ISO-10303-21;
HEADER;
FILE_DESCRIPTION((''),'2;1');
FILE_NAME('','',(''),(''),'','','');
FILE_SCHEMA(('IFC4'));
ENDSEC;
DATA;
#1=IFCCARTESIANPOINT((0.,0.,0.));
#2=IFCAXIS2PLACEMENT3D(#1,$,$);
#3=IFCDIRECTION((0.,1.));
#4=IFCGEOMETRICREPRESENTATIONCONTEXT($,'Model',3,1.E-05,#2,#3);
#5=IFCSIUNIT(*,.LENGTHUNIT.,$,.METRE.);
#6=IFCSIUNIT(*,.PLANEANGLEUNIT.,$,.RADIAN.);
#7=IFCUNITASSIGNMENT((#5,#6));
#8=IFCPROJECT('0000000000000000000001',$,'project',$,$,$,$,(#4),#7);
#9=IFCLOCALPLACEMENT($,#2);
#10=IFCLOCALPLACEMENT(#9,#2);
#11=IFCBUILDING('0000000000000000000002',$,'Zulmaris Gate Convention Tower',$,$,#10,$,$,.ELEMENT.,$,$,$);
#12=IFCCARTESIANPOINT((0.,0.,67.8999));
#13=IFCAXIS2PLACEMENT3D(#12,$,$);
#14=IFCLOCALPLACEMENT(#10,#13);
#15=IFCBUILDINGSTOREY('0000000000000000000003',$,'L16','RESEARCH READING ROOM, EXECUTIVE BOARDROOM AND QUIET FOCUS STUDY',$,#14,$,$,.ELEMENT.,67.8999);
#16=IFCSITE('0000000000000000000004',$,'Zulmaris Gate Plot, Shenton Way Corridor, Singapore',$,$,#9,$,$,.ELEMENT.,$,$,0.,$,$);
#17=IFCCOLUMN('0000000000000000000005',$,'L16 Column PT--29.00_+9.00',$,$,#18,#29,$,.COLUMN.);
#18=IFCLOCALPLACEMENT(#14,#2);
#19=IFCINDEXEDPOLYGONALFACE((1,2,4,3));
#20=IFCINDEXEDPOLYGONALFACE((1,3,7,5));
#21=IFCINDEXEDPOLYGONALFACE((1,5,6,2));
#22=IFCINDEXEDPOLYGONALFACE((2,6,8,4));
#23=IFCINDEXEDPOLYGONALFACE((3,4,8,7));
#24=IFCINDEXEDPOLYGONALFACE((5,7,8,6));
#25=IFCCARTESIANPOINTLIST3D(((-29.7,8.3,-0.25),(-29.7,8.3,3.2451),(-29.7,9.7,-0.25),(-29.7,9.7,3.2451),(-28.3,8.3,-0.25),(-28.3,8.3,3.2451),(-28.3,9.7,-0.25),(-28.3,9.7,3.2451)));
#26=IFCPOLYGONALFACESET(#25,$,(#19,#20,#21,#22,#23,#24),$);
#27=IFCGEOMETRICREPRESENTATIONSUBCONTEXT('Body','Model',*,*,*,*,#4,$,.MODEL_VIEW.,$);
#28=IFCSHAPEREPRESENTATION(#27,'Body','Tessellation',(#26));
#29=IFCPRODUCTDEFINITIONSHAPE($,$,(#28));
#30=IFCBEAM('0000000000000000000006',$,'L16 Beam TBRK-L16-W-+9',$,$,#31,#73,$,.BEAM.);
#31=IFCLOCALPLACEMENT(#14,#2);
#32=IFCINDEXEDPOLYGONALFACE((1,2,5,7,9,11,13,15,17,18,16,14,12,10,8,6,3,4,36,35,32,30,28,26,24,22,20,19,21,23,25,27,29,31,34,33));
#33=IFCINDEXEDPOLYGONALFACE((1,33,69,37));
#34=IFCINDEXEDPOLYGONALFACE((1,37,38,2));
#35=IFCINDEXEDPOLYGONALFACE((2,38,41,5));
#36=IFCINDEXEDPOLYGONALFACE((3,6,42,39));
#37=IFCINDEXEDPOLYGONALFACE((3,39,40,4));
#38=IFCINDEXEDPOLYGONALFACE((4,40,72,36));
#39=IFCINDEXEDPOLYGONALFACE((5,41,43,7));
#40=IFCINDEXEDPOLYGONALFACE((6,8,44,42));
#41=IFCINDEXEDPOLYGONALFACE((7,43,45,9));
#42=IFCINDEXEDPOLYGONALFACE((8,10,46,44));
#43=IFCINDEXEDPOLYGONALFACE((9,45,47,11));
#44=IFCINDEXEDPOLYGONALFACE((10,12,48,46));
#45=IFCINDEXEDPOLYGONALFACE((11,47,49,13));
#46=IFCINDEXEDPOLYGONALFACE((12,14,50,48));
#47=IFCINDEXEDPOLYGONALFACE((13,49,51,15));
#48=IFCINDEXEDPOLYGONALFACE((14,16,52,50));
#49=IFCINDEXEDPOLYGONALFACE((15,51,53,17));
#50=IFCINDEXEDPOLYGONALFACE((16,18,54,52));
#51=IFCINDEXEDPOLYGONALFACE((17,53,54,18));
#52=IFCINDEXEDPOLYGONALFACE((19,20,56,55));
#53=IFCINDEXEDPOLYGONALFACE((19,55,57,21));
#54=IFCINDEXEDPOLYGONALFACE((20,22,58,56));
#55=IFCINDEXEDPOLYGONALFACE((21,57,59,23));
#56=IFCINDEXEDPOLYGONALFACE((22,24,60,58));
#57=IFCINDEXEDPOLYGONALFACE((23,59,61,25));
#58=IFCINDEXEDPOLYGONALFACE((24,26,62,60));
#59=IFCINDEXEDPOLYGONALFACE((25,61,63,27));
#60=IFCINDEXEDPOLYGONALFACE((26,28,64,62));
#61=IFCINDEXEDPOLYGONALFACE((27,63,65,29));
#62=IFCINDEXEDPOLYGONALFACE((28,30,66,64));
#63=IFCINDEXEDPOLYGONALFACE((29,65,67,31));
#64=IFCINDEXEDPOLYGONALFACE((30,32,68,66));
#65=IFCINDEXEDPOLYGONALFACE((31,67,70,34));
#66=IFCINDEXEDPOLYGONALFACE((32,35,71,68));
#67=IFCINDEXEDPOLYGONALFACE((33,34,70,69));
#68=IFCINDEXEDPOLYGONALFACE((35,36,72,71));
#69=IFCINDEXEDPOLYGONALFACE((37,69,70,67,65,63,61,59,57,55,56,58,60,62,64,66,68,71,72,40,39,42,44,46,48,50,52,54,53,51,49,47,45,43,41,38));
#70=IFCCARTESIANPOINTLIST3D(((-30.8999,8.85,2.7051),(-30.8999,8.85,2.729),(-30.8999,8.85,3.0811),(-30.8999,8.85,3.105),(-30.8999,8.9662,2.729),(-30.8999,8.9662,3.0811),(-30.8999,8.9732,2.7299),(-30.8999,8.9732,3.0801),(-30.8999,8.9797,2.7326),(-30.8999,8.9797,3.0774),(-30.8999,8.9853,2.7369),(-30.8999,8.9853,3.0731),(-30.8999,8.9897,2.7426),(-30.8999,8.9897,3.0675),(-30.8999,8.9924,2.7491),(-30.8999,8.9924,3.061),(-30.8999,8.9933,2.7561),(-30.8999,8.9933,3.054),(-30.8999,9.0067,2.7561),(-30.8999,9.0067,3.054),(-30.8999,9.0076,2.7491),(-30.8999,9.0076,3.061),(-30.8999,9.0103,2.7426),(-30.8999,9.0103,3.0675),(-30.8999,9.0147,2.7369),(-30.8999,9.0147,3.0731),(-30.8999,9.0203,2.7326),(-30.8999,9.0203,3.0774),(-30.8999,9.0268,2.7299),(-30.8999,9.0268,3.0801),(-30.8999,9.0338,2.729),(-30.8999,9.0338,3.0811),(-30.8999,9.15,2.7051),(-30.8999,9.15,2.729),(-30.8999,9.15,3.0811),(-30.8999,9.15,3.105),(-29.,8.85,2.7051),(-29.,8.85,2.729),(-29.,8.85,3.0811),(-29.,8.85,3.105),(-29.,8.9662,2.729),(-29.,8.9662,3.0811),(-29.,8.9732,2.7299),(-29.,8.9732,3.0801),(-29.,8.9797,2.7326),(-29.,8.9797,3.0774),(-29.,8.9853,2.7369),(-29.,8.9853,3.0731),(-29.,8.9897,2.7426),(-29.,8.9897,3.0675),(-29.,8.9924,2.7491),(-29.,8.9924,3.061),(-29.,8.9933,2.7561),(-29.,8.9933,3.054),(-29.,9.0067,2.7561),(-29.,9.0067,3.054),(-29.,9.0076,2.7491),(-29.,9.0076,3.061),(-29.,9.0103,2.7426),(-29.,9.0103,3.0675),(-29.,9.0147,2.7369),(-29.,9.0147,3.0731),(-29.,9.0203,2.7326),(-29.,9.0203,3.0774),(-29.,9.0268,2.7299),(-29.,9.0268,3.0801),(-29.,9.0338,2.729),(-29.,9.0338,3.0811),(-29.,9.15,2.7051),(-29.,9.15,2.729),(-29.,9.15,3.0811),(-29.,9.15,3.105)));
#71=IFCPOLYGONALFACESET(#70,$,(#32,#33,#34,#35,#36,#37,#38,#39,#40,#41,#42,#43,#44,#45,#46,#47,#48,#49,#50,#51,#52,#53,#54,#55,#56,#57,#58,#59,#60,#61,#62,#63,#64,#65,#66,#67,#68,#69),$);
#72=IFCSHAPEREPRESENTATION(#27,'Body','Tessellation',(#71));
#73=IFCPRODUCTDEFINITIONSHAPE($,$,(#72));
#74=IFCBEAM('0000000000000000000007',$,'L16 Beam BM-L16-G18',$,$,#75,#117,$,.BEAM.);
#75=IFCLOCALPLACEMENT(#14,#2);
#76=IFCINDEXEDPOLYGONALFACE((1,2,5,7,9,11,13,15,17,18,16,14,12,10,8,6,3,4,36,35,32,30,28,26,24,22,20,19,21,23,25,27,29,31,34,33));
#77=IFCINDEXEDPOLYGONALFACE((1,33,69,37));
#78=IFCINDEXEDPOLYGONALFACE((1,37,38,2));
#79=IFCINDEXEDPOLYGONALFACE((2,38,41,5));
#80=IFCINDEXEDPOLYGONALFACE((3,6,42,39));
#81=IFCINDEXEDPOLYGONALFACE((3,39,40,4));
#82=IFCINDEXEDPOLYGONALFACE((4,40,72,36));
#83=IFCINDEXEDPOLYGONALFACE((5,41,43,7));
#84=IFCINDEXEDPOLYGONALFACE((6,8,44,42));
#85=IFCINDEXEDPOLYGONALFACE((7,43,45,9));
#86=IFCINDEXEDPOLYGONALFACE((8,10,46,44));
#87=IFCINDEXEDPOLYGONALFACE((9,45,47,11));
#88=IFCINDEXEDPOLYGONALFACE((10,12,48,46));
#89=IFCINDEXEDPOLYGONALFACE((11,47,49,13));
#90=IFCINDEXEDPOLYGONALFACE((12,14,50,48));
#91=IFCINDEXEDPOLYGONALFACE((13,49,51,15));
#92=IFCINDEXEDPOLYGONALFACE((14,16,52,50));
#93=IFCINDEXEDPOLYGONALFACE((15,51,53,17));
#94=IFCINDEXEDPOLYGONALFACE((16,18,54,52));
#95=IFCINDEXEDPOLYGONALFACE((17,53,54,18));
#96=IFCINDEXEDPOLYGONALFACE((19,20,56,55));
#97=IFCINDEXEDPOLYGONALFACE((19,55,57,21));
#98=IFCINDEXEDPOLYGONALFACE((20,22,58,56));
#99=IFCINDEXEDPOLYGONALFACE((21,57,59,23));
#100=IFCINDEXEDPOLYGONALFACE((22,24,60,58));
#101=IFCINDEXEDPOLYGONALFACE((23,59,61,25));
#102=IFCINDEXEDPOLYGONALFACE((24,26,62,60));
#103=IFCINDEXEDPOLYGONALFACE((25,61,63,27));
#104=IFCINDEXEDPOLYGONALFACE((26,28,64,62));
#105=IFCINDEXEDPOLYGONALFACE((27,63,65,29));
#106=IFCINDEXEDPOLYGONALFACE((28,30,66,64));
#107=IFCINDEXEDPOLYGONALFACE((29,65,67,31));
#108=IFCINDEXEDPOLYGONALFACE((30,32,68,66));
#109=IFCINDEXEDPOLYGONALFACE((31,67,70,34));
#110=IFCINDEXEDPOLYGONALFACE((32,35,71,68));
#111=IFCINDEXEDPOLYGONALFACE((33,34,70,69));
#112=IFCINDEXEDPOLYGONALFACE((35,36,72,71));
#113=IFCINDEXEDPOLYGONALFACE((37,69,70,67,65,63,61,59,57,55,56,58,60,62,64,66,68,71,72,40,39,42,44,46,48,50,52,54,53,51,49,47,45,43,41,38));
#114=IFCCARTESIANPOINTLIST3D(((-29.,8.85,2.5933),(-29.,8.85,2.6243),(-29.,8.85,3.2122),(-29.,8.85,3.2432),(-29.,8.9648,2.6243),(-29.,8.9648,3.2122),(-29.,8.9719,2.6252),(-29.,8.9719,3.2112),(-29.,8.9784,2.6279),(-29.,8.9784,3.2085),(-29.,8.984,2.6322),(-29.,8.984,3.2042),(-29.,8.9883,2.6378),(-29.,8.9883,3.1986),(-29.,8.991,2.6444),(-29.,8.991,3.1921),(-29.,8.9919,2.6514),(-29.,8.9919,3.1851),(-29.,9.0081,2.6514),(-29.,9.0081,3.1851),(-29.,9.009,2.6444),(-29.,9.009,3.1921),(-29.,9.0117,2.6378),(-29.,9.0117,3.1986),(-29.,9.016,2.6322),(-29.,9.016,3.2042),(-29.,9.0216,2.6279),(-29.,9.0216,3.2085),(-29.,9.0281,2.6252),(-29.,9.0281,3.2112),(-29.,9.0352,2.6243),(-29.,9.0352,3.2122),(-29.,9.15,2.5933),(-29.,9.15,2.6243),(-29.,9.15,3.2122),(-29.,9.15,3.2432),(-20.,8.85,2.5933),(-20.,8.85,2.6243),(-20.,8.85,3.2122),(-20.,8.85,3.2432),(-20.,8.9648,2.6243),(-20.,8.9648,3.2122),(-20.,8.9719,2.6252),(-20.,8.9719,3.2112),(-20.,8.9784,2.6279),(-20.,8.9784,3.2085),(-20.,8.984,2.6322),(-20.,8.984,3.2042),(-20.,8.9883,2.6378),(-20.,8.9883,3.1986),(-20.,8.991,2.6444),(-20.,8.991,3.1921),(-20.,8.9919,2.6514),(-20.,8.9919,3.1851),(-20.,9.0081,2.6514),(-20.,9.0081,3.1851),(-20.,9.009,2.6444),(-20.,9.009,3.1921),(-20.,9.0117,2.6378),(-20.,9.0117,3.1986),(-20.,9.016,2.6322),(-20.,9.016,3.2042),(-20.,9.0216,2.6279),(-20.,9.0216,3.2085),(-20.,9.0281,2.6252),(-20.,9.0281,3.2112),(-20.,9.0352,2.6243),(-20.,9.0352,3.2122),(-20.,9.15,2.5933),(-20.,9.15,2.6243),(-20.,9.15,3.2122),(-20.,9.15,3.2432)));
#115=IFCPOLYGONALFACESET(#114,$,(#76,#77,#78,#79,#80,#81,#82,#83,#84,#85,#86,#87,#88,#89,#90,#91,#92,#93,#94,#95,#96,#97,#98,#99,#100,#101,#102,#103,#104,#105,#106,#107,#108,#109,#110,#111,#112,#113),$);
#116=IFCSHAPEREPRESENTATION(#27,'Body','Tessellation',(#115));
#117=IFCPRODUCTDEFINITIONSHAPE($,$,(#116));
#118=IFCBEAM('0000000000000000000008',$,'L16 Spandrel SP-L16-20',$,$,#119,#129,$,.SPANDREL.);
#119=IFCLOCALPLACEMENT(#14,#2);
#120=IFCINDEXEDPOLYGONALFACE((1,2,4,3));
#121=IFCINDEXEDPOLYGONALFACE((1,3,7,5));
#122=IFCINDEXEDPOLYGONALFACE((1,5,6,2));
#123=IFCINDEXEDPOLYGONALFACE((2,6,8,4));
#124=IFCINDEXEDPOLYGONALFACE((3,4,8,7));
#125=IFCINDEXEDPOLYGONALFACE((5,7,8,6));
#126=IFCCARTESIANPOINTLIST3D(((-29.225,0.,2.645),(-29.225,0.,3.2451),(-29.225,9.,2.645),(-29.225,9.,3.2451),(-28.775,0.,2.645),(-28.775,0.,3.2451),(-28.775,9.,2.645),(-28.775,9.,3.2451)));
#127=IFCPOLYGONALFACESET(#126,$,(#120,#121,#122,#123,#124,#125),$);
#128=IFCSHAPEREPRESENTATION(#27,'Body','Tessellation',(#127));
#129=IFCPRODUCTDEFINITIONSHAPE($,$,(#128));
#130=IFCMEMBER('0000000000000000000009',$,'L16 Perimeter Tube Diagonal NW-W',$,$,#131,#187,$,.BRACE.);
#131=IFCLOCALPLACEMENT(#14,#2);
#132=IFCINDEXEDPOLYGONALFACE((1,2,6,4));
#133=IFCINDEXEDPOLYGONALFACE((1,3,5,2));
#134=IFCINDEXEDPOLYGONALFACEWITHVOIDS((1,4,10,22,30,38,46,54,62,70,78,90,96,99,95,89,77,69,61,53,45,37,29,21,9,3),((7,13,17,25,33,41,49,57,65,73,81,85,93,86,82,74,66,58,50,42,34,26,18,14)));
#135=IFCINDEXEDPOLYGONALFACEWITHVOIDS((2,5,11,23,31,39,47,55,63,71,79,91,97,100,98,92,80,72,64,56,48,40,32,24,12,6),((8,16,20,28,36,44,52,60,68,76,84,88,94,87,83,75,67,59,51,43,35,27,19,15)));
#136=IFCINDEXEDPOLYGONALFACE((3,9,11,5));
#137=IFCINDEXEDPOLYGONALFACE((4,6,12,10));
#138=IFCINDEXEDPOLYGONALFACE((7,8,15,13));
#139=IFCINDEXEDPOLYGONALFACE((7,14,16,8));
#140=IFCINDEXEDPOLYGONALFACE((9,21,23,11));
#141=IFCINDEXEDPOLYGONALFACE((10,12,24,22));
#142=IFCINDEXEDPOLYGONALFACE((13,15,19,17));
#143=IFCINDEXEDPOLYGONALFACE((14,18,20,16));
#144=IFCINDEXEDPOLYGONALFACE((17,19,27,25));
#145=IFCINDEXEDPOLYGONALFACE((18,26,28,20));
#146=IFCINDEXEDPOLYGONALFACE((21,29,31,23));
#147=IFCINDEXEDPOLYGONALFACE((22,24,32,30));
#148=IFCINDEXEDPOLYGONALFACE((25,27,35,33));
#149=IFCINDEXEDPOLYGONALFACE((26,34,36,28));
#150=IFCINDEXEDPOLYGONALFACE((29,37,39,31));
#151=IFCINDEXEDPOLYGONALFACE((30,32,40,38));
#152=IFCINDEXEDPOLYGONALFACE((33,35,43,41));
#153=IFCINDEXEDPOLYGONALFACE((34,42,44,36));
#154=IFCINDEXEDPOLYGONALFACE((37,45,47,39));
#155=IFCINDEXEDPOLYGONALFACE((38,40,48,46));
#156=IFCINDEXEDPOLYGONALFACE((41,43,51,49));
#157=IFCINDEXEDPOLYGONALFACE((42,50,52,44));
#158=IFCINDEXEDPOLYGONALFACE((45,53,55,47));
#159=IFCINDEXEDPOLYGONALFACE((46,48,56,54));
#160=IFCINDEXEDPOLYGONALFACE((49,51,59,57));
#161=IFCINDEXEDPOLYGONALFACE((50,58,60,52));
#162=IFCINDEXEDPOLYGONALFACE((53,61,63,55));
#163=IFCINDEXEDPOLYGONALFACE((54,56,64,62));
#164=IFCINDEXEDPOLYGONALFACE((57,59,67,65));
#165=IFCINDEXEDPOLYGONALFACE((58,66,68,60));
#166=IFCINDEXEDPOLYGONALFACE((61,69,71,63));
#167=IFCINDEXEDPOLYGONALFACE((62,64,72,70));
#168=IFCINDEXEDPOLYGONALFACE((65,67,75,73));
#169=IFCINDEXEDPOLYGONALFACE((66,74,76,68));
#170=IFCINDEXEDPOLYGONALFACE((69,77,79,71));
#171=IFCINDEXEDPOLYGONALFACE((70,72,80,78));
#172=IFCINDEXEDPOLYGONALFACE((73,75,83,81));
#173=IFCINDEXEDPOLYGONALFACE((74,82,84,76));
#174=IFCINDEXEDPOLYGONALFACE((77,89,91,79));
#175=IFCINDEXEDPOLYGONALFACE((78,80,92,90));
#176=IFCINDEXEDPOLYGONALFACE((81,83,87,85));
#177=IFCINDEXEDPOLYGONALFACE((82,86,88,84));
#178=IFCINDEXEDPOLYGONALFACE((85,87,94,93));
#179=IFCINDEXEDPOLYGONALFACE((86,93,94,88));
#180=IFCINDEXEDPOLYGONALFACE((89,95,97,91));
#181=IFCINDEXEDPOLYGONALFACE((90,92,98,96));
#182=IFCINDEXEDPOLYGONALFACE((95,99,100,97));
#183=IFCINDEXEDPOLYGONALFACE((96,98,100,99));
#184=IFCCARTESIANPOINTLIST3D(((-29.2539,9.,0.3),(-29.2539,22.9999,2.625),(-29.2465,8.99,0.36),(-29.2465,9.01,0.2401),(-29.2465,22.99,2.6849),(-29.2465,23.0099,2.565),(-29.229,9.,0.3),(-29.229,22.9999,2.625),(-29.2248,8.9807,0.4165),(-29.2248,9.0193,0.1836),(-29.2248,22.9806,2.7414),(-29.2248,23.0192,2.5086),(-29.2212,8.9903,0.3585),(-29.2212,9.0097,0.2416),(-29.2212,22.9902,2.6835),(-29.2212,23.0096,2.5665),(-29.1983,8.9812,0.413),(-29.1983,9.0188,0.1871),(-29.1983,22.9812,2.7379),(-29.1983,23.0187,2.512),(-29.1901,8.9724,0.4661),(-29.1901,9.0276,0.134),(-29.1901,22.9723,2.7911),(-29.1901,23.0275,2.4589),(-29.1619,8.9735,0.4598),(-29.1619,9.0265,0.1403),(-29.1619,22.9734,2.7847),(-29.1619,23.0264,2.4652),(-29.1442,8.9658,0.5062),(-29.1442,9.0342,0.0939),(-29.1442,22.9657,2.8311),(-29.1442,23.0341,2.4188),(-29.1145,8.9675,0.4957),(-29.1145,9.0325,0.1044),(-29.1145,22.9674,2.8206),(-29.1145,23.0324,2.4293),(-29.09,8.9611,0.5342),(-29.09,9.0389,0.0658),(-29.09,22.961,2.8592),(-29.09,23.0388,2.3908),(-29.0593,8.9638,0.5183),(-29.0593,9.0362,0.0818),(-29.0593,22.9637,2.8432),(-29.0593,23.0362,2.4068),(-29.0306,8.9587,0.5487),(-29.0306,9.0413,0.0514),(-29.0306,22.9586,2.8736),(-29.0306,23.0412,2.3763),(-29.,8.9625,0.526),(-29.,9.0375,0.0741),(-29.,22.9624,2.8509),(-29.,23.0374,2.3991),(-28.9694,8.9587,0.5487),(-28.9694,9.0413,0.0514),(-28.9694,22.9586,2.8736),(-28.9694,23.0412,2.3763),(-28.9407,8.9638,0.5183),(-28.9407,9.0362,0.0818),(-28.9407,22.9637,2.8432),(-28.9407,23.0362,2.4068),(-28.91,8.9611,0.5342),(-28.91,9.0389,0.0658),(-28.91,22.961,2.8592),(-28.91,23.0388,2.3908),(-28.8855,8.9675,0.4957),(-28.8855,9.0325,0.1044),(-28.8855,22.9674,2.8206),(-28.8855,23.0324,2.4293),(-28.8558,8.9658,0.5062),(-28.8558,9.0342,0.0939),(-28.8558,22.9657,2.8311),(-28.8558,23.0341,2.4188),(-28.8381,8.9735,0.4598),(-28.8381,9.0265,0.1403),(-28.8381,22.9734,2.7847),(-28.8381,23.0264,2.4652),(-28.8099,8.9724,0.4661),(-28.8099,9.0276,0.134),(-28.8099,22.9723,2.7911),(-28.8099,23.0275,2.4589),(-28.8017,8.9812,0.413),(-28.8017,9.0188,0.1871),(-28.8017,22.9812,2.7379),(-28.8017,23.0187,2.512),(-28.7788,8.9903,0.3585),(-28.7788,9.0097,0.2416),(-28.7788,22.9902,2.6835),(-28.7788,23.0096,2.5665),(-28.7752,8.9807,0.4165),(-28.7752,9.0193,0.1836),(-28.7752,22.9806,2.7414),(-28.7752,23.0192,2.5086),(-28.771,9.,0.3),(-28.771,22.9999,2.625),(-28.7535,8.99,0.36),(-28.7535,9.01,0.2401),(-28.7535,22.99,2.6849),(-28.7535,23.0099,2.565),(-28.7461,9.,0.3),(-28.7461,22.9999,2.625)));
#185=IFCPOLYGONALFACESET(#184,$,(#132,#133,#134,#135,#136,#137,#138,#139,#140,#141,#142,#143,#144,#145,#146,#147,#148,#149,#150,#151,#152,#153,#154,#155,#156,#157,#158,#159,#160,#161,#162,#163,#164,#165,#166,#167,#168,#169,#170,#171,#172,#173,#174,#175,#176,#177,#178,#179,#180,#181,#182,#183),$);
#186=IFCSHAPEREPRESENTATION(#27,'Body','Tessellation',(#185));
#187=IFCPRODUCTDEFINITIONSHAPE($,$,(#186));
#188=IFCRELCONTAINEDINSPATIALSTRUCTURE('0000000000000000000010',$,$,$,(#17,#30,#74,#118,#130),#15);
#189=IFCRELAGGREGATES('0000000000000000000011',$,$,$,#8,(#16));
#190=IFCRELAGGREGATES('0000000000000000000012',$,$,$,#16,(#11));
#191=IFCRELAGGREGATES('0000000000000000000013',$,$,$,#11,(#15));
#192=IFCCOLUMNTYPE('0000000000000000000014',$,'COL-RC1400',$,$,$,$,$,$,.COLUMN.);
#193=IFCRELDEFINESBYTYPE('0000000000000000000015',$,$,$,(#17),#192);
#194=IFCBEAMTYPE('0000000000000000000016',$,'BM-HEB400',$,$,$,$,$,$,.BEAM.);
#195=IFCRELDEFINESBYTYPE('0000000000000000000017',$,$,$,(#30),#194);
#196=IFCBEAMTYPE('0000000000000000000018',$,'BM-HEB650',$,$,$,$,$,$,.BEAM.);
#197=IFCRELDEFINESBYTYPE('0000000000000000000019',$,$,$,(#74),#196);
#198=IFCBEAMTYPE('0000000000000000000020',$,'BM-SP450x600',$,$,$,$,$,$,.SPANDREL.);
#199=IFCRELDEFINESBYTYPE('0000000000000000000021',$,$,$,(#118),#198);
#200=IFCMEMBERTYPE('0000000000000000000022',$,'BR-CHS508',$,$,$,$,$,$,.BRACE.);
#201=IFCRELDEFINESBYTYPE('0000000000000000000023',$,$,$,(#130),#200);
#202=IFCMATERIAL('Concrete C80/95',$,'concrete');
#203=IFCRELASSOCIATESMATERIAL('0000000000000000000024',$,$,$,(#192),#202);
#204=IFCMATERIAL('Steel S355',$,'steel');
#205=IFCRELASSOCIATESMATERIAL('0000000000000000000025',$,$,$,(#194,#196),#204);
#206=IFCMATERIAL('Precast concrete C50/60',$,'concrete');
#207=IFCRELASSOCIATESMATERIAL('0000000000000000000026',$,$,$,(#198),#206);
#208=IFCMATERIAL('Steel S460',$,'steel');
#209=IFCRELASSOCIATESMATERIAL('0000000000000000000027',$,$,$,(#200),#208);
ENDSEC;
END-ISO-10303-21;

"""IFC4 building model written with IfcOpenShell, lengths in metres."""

from ifc_helpers import new_model, si_unit, direction, frame, origin, origin_2d, place, context, subcontext, project, spatial, rectangle, hollow_circle, i_section, extrude, material, material_profile, profile_set, type_object, element, save


model = new_model("IFC4")

# Units and contexts
model_context = context("Model", 3, precision=1e-05, world=origin(), true_north=direction((0.0, 1.0)))
body_context = subcontext(model_context, "Body", "Model", "MODEL_VIEW")
ifc_project = project(units=[si_unit("LENGTHUNIT", "METRE"), si_unit("PLANEANGLEUNIT", "RADIAN")], contexts=[model_context])

# Site, building, storey
site_placement = place(None, origin())
site = spatial("IfcSite", under=ifc_project, at=site_placement, Name="Zulmaris Gate Plot, Shenton Way Corridor, Singapore", CompositionType="ELEMENT", RefElevation=0.0)
building_placement = place(site_placement, origin())
building = spatial("IfcBuilding", under=site, at=building_placement, Name="Zulmaris Gate Convention Tower", CompositionType="ELEMENT")
storey_placement = place(building_placement, frame((0.0, 0.0, 67.8999)))
storey = spatial("IfcBuildingStorey", under=building, at=storey_placement, Name="L16", Description="RESEARCH READING ROOM, EXECUTIVE BOARDROOM AND QUIET FOCUS STUDY", CompositionType="ELEMENT", Elevation=67.8999)

# Column
ifc_material_1 = material(Name="Concrete C80/95", Category="concrete")
ifc_material_profile_1 = material_profile(ifc_material_1, rectangle(XDim=1.3999, YDim=1.3999, at=origin_2d()), Name="RC COL 1400x1400")
ifc_profile_set_1 = profile_set([ifc_material_profile_1], Name="Concrete C80/95")
column_type = type_object("IfcColumnType", Name="COL-RC1400", PredefinedType="COLUMN", material=ifc_profile_set_1)
column_placement = place(storey_placement, frame((-29.0, 9.0, -0.25), z_axis=(0.0, 0.0, 1.0), x_axis=(1.0, 0.0, 0.0)))
element("IfcColumn", 1, at=column_placement, inside=storey, type_object=column_type, Name="L16 Column PT--29.00_+9.00", PredefinedType="COLUMN", context=body_context, shape_type="SweptSolid", body=[
    extrude(rectangle(XDim=1.3999, YDim=1.3999, at=origin_2d()), origin(), (0.0, 0.0, 1.0), 3.4951),
])

# Beams
ifc_material_2 = material(Name="Steel S355", Category="steel")
ifc_material_profile_2 = material_profile(ifc_material_2, i_section(OverallWidth=0.3, OverallDepth=0.3999, WebThickness=0.0134, FlangeThickness=0.0239, FilletRadius=0.0271, at=origin_2d()), Name="HEB 400")
ifc_profile_set_2 = profile_set([ifc_material_profile_2], Name="Steel S355")
beam_type_1 = type_object("IfcBeamType", Name="BM-HEB400", PredefinedType="BEAM", material=ifc_profile_set_2)
beam_1_placement = place(storey_placement, frame((-30.8999, 9.0, 2.905), z_axis=(1.0, 0.0, 0.0), x_axis=(0.0, 1.0, 0.0)))
element("IfcBeam", 2, at=beam_1_placement, inside=storey, type_object=beam_type_1, Name="L16 Beam TBRK-L16-W-+9", PredefinedType="BEAM", context=body_context, shape_type="SweptSolid", body=[
    extrude(i_section(OverallWidth=0.3, OverallDepth=0.3999, WebThickness=0.0134, FlangeThickness=0.0239, FilletRadius=0.0271, at=origin_2d()), origin(), (0.0, 0.0, 1.0), 1.8999),
])
ifc_material_profile_3 = material_profile(ifc_material_2, i_section(OverallWidth=0.3, OverallDepth=0.6499, WebThickness=0.0161, FlangeThickness=0.031, FilletRadius=0.0271, at=origin_2d()), Name="HEB 650")
ifc_profile_set_3 = profile_set([ifc_material_profile_3], Name="Steel S355")
beam_type_2 = type_object("IfcBeamType", Name="BM-HEB650", PredefinedType="BEAM", material=ifc_profile_set_3)
beam_2_placement = place(storey_placement, frame((-29.0, 9.0, 2.9182), z_axis=(1.0, 0.0, 0.0), x_axis=(0.0, 1.0, 0.0)))
element("IfcBeam", 3, at=beam_2_placement, inside=storey, type_object=beam_type_2, Name="L16 Beam BM-L16-G18", PredefinedType="BEAM", context=body_context, shape_type="SweptSolid", body=[
    extrude(i_section(OverallWidth=0.3, OverallDepth=0.6499, WebThickness=0.0161, FlangeThickness=0.031, FilletRadius=0.0271, at=origin_2d()), origin(), (0.0, 0.0, 1.0), 9.0),
])
ifc_material_3 = material(Name="Precast concrete C50/60", Category="concrete")
ifc_material_profile_4 = material_profile(ifc_material_3, rectangle(XDim=0.45, YDim=0.6001, at=origin_2d()), Name="RC SPANDREL 450x600")
ifc_profile_set_4 = profile_set([ifc_material_profile_4], Name="Precast concrete C50/60")
beam_type_3 = type_object("IfcBeamType", Name="BM-SP450x600", PredefinedType="SPANDREL", material=ifc_profile_set_4)
beam_3_placement = place(storey_placement, frame((-29.0, 9.0, 2.9451), z_axis=(0.0, -1.0, 0.0), x_axis=(1.0, 0.0, 0.0)))
element("IfcBeam", 4, at=beam_3_placement, inside=storey, type_object=beam_type_3, Name="L16 Spandrel SP-L16-20", PredefinedType="SPANDREL", context=body_context, shape_type="SweptSolid", body=[
    extrude(rectangle(XDim=0.45, YDim=0.6001, at=origin_2d()), origin(), (0.0, 0.0, 1.0), 9.0),
])

# Member
ifc_material_4 = material(Name="Steel S460", Category="steel")
ifc_material_profile_5 = material_profile(ifc_material_4, hollow_circle(Radius=0.2539, WallThickness=0.0249, at=origin_2d()), Name="CHS 508x25")
ifc_profile_set_5 = profile_set([ifc_material_profile_5], Name="Steel S460")
member_type = type_object("IfcMemberType", Name="BR-CHS508", PredefinedType="BRACE", material=ifc_profile_set_5)
member_placement = place(storey_placement, frame((-29.0, 9.0, 0.3), z_axis=(0.0, 0.98649, 0.163824), x_axis=(-1.0, 0.0, 0.0)))
element("IfcMember", 5, at=member_placement, inside=storey, type_object=member_type, Name="L16 Perimeter Tube Diagonal NW-W", PredefinedType="BRACE", context=body_context, shape_type="SweptSolid", body=[
    extrude(hollow_circle(Radius=0.2539, WallThickness=0.0249, at=origin_2d()), origin(), (0.0, 0.0, 1.0), 14.1917),
])

save(model, "model.ifc")
